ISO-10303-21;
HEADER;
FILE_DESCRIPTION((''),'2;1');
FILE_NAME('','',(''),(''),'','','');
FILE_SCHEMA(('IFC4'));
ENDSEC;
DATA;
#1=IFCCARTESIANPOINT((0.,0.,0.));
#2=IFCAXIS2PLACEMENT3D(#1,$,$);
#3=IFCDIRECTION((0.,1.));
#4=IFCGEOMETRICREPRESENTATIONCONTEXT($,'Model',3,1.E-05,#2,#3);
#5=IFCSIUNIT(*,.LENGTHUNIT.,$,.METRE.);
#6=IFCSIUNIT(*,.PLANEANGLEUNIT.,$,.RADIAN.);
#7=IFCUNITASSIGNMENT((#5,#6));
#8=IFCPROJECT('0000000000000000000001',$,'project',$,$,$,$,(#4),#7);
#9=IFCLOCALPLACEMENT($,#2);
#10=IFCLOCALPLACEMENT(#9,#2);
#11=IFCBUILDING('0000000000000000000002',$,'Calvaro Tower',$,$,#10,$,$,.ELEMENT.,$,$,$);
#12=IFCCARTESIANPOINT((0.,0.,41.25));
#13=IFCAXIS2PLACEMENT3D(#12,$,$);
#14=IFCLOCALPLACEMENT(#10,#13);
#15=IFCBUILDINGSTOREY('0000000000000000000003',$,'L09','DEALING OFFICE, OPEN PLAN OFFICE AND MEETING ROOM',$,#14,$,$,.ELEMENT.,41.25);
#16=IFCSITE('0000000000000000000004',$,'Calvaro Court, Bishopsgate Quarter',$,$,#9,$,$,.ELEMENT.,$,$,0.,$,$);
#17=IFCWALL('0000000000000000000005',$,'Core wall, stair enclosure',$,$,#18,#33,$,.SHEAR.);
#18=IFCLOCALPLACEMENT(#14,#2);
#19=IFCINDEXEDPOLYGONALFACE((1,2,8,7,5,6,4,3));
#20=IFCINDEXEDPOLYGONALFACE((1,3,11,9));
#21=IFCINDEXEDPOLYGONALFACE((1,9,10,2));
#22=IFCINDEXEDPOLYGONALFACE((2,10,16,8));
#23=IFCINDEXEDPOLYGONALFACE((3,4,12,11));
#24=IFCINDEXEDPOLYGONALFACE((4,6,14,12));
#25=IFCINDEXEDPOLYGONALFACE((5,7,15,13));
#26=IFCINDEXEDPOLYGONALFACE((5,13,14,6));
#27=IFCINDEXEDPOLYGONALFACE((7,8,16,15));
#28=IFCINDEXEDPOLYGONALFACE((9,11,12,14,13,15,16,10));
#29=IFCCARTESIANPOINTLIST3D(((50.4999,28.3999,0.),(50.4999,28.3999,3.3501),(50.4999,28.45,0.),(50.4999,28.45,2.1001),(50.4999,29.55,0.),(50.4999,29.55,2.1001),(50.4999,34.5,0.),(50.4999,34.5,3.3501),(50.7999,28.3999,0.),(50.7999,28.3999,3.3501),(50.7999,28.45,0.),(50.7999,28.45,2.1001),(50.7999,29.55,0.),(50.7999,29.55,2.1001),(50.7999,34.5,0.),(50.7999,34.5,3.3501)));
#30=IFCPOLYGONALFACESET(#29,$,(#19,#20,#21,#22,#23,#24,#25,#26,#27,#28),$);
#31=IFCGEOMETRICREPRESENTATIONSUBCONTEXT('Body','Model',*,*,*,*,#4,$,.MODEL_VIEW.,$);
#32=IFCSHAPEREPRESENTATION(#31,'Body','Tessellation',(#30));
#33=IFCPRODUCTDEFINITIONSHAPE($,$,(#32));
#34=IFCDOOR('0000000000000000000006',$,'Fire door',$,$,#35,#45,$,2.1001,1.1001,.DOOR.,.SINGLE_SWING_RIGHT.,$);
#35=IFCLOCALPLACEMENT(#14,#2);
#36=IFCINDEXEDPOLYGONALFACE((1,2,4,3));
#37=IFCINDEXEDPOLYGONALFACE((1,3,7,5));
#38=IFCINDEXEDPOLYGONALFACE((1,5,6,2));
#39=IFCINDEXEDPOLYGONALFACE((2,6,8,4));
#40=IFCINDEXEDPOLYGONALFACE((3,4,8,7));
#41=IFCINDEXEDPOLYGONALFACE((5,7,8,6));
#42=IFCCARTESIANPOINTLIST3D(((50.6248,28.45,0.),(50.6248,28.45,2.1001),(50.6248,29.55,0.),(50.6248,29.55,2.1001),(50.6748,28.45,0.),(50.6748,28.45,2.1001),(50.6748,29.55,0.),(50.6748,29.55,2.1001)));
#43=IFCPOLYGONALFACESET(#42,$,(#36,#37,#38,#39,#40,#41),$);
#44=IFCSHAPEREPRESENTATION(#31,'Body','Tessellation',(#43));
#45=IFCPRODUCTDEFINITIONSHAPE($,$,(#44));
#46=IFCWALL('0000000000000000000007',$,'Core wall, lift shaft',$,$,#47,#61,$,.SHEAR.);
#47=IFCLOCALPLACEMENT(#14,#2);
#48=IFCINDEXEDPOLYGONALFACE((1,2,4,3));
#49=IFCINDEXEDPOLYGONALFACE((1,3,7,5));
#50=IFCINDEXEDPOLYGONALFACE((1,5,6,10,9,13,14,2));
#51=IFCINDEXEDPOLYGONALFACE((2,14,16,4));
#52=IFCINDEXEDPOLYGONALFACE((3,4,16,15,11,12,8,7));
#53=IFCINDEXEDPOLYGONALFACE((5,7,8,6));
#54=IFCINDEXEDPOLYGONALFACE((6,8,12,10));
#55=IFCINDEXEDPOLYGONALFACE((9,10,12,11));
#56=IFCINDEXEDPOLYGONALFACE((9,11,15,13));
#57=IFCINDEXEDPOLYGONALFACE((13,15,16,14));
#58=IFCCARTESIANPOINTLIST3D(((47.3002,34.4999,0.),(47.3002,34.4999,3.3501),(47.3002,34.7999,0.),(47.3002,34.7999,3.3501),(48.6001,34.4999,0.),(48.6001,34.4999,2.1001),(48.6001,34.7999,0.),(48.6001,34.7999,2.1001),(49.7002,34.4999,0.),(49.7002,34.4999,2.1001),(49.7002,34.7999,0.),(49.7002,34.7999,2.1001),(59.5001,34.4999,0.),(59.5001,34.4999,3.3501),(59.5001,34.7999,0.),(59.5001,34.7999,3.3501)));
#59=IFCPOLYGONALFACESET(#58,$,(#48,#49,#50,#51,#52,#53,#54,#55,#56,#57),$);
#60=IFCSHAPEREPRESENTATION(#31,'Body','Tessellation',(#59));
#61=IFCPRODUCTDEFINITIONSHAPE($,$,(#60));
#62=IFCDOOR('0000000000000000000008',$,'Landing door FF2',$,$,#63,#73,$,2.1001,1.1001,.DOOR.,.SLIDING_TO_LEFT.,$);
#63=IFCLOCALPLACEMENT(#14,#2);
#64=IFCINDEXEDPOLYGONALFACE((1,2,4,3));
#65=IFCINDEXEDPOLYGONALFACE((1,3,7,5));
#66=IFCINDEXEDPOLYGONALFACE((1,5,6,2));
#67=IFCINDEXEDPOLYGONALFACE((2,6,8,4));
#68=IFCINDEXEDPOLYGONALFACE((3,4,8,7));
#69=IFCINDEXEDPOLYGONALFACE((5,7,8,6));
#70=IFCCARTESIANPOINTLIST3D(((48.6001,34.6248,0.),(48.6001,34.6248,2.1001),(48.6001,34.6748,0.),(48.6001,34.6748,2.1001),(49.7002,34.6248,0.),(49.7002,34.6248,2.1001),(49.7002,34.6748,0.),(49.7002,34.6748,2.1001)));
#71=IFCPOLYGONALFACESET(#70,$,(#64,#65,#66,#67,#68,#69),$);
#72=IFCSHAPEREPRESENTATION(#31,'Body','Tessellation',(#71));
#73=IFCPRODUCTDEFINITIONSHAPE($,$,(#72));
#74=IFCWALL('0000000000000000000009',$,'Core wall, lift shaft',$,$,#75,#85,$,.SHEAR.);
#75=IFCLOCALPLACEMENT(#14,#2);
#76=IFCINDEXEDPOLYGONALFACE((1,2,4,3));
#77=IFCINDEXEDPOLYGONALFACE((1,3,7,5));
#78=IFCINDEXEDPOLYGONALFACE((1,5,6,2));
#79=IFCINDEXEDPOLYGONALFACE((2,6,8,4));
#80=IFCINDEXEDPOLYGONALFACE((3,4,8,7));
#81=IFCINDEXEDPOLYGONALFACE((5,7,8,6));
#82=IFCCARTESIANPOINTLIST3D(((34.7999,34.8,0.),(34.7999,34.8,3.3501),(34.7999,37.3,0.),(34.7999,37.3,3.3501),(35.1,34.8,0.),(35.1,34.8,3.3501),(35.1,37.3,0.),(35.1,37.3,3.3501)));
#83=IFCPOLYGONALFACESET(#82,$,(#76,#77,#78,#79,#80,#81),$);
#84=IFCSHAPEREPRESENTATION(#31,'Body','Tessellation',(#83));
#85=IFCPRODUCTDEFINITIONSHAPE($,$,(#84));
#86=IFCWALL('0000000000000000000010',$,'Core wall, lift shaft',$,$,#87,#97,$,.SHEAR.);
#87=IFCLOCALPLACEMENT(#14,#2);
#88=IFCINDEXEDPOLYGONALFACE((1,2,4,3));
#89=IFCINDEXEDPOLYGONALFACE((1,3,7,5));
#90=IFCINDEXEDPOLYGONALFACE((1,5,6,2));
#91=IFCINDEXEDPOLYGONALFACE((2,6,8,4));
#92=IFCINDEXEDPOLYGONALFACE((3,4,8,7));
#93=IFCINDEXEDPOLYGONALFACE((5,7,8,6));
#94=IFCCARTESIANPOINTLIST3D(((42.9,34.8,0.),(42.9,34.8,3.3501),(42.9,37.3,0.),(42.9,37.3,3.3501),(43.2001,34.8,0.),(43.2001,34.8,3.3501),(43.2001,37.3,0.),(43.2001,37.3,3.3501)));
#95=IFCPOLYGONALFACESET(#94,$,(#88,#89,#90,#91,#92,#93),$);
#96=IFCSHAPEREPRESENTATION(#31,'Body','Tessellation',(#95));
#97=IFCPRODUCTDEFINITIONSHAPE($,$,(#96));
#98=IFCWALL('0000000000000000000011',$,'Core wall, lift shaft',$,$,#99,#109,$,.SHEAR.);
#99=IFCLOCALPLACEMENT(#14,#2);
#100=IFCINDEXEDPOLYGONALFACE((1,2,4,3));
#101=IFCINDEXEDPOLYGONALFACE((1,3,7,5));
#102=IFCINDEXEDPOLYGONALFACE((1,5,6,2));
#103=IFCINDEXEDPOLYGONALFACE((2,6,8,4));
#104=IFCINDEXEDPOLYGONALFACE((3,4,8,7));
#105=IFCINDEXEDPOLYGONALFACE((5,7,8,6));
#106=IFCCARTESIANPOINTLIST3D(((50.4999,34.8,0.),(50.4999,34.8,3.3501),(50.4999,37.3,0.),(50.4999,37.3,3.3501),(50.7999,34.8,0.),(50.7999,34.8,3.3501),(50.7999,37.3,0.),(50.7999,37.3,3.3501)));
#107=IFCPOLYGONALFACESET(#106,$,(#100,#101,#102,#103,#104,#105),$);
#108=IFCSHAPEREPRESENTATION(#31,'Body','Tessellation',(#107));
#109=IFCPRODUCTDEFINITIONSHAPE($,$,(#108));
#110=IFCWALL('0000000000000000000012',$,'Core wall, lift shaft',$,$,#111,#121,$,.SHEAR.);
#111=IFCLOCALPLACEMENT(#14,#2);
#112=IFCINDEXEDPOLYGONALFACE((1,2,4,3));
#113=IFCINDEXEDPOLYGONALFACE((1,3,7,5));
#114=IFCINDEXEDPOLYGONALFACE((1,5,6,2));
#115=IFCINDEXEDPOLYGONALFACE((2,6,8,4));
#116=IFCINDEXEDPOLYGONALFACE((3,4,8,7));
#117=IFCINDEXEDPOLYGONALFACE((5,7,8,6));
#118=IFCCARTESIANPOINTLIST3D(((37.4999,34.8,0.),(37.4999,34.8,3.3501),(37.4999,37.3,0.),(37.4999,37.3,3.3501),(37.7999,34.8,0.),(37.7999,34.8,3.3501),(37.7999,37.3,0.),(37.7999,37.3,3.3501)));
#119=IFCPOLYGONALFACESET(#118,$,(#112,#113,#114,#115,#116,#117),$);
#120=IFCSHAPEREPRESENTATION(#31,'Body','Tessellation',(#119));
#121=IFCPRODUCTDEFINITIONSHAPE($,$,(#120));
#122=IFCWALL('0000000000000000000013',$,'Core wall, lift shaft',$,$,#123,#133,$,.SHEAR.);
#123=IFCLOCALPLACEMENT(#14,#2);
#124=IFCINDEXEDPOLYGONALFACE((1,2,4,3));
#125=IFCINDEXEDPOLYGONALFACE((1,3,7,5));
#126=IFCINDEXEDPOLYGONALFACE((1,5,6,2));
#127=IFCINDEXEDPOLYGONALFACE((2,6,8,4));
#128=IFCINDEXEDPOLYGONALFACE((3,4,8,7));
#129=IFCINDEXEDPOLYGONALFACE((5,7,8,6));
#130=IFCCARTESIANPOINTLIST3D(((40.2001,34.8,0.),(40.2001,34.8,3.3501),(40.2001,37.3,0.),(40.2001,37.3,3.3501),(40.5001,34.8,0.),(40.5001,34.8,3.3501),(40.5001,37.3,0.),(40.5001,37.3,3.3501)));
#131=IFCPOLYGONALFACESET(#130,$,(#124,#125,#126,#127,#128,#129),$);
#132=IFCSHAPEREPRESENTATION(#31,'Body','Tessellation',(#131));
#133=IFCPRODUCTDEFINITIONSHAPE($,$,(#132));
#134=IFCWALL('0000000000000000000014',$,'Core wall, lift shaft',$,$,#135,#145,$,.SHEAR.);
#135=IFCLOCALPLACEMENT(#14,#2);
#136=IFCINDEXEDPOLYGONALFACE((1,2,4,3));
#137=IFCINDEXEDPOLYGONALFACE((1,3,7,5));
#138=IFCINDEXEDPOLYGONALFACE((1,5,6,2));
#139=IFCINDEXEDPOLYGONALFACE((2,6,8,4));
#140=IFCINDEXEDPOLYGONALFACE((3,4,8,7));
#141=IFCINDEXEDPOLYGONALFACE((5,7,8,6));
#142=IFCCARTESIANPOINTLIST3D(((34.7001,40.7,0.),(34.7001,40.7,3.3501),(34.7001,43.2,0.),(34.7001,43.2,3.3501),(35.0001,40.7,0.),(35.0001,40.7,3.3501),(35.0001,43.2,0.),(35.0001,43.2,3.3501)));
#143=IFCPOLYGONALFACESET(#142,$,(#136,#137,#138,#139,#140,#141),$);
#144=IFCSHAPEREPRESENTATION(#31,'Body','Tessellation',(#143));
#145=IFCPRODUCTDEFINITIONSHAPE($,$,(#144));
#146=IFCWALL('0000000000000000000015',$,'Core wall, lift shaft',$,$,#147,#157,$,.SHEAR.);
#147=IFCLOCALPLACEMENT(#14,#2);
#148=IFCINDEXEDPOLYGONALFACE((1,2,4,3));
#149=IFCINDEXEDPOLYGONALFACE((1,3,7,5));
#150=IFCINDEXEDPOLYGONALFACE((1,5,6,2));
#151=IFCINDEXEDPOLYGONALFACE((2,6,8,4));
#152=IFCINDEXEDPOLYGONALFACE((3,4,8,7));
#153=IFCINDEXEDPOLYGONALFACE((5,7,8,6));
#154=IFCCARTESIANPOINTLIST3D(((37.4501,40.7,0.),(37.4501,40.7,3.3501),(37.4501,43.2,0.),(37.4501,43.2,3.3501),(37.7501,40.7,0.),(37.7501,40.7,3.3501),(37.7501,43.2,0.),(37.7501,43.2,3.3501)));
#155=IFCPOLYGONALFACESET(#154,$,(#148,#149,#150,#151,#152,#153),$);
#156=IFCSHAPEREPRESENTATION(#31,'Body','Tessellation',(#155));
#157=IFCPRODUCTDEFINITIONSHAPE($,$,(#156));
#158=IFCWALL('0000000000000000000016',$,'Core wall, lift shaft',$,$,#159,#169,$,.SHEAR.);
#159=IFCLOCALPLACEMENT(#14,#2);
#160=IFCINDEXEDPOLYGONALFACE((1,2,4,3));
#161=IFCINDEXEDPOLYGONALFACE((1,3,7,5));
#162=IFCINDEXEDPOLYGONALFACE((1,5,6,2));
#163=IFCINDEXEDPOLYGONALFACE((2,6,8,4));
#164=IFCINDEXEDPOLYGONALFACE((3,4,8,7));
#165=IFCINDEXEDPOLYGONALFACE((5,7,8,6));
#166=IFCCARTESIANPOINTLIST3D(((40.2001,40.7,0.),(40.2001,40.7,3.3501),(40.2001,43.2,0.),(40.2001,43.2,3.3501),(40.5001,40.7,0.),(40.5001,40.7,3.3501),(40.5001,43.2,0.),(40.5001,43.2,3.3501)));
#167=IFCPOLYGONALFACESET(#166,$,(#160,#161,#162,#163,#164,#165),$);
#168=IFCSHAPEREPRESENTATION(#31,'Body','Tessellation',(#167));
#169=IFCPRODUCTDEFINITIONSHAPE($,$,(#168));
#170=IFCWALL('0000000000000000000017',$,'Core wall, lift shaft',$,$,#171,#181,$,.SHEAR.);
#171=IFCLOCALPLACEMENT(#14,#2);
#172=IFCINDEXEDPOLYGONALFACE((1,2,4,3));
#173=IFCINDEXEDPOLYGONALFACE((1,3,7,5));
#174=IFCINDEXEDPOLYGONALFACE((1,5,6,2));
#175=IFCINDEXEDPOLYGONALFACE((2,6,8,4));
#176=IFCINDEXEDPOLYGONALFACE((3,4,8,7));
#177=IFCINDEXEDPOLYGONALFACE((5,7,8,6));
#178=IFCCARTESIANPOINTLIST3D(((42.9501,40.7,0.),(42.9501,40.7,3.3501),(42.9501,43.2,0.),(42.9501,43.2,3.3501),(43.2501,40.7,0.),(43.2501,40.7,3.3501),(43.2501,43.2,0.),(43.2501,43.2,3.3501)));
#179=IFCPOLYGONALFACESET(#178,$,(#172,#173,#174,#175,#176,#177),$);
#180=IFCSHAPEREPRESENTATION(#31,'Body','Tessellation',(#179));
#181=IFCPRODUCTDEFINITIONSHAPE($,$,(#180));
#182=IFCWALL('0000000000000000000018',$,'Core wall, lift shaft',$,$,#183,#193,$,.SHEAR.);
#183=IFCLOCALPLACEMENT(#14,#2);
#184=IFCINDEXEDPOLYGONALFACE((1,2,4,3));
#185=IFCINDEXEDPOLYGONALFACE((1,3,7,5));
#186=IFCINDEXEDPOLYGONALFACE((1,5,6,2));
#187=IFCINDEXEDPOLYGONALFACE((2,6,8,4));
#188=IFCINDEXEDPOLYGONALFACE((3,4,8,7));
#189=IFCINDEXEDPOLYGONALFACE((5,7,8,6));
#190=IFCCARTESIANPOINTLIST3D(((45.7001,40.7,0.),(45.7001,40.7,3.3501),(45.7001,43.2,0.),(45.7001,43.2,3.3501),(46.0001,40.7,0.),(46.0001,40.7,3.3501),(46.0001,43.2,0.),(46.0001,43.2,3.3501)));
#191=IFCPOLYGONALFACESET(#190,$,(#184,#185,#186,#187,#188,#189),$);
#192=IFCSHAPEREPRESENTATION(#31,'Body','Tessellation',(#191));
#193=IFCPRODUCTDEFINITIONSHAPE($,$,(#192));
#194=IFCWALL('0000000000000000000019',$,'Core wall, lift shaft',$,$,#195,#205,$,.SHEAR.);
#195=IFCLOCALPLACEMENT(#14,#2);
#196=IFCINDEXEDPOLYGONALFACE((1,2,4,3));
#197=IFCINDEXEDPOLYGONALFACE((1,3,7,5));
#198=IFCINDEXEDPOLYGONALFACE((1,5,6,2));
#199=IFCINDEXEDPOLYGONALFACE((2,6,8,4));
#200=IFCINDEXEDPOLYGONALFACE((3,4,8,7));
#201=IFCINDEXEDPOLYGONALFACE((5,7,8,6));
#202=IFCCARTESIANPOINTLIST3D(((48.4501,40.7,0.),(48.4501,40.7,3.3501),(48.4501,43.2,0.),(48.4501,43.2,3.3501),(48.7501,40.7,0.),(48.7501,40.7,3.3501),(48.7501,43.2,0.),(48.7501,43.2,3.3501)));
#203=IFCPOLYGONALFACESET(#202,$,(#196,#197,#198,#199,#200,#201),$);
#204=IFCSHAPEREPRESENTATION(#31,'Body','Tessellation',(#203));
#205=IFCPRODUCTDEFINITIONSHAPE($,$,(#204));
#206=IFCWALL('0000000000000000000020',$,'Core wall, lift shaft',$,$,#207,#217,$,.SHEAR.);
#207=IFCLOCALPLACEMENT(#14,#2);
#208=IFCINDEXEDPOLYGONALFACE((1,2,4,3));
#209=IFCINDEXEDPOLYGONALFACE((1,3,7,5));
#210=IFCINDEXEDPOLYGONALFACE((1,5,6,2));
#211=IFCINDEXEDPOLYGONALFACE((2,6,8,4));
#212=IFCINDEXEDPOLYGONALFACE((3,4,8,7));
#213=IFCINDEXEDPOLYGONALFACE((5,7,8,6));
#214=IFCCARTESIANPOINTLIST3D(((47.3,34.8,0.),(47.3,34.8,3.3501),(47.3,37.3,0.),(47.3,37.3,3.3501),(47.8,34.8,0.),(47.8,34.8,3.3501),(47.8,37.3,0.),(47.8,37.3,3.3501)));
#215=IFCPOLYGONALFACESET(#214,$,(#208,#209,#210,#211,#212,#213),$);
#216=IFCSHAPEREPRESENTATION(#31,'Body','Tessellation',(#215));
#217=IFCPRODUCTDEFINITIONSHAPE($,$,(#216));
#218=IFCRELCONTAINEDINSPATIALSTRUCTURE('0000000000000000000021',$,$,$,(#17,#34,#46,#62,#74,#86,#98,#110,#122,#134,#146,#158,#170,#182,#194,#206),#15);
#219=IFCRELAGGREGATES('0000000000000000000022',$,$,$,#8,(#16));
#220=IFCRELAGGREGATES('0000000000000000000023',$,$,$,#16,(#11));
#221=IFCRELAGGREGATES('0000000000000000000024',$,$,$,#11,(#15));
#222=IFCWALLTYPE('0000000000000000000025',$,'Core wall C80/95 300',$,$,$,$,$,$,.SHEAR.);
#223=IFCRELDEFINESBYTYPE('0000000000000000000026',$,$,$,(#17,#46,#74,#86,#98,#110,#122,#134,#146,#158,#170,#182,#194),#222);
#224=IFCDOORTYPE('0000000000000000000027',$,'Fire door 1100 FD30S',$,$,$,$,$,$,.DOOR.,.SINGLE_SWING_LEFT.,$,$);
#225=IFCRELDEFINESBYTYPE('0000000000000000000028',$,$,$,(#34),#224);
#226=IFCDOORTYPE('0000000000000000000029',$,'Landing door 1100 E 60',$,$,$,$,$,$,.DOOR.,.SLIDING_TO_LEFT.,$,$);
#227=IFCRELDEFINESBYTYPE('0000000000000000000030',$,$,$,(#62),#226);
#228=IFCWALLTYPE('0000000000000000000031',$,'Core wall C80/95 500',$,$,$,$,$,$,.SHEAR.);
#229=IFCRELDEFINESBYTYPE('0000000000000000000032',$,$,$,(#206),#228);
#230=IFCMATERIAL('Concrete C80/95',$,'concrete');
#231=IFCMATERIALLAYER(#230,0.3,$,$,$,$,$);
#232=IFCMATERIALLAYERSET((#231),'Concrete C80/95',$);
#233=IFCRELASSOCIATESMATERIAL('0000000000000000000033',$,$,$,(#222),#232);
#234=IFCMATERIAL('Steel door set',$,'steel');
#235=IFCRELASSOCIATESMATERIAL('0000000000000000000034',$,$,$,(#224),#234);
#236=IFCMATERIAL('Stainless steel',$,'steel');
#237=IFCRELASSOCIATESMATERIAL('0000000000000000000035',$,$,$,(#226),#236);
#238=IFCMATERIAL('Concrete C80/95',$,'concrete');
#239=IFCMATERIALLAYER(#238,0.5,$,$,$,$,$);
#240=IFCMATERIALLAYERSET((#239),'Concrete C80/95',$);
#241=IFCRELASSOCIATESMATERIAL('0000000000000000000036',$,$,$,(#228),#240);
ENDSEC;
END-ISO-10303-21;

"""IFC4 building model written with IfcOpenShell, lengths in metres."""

from ifc_helpers import new_model, si_unit, direction, frame, frame_2d, origin, place, context, subcontext, project, spatial, rectangle, extrude, material, layer, layer_set, type_object, element, fill, save


model = new_model("IFC4")

# Units and contexts
model_context = context("Model", 3, precision=1e-05, world=origin(), true_north=direction((0.0, 1.0)))
body_context = subcontext(model_context, "Body", "Model", "MODEL_VIEW")
ifc_project = project(units=[si_unit("LENGTHUNIT", "METRE"), si_unit("PLANEANGLEUNIT", "RADIAN")], contexts=[model_context])

# Site, building, storey
site_placement = place(None, origin())
site = spatial("IfcSite", under=ifc_project, at=site_placement, Name="Calvaro Court, Bishopsgate Quarter", CompositionType="ELEMENT", RefElevation=0.0)
building_placement = place(site_placement, origin())
building = spatial("IfcBuilding", under=site, at=building_placement, Name="Calvaro Tower", CompositionType="ELEMENT")
storey_placement = place(building_placement, frame((0.0, 0.0, 41.25)))
storey = spatial("IfcBuildingStorey", under=building, at=storey_placement, Name="L09", Description="DEALING OFFICE, OPEN PLAN OFFICE AND MEETING ROOM", CompositionType="ELEMENT", Elevation=41.25)

# Walls, openings, doors
ifc_material_1 = material(Name="Concrete C80/95", Category="concrete")
ifc_layer_1 = layer(ifc_material_1, 0.3)
ifc_layer_set_1 = layer_set([ifc_layer_1], Name="Concrete C80/95")
wall_type_1 = type_object("IfcWallType", Name="Core wall C80/95 300", PredefinedType="SHEAR", material=ifc_layer_set_1)
wall_1_placement = place(storey_placement, frame((50.6499, 34.5, 0.0), z_axis=(0.0, 0.0, 1.0), x_axis=(0.0, -1.0, 0.0)))
wall_1 = element("IfcWall", 1, at=wall_1_placement, inside=storey, type_object=wall_type_1, Name="Core wall, stair enclosure", PredefinedType="SHEAR", context=body_context, shape_type="SweptSolid", body=[
    extrude(rectangle(XDim=6.1001, YDim=0.3, at=frame_2d((3.05, 0.0))), origin(), (0.0, 0.0, 1.0), 3.3501),
])
opening_1_placement = place(wall_1_placement, frame((4.95, 0.0, 0.0)))
opening_1 = element("IfcOpeningElement", 2, at=opening_1_placement, cuts=wall_1, PredefinedType="OPENING", context=body_context, shape_type="SweptSolid", body=[
    extrude(rectangle(XDim=1.1001, YDim=2.1001, at=frame_2d((0.55, 1.05))), frame((0.0, 0.1599, 0.0), z_axis=(0.0, -1.0, 0.0), x_axis=(1.0, 0.0, 0.0)), (0.0, 0.0, 1.0), 0.3201),
])
ifc_material_2 = material(Name="Steel door set", Category="steel")
door_type_1 = type_object("IfcDoorType", Name="Fire door 1100 FD30S", OperationType="SINGLE_SWING_LEFT", PredefinedType="DOOR", material=ifc_material_2)
door_1_placement = place(opening_1_placement, origin())
door_1 = element("IfcDoor", 3, at=door_1_placement, inside=storey, type_object=door_type_1, Name="Fire door", OperationType="SINGLE_SWING_RIGHT", OverallHeight=2.1001, OverallWidth=1.1001, PredefinedType="DOOR", context=body_context, shape_type="SweptSolid", body=[
    extrude(rectangle(XDim=1.1001, YDim=2.1001, at=frame_2d((0.55, 1.05))), frame((0.0, 0.0249, 0.0), z_axis=(0.0, -1.0, 0.0), x_axis=(1.0, 0.0, 0.0)), (0.0, 0.0, 1.0), 0.05),
])
fill(opening_1, door_1)
wall_2_placement = place(storey_placement, frame((47.3, 34.6499, 0.0), z_axis=(0.0, 0.0, 1.0), x_axis=(1.0, 0.0, 0.0)))
wall_2 = element("IfcWall", 4, at=wall_2_placement, inside=storey, type_object=wall_type_1, Name="Core wall, lift shaft", PredefinedType="SHEAR", context=body_context, shape_type="SweptSolid", body=[
    extrude(rectangle(XDim=12.2, YDim=0.3, at=frame_2d((6.1001, 0.0))), origin(), (0.0, 0.0, 1.0), 3.3501),
])
opening_2_placement = place(wall_2_placement, frame((1.3, 0.0, 0.0)))
opening_2 = element("IfcOpeningElement", 5, at=opening_2_placement, cuts=wall_2, PredefinedType="OPENING", context=body_context, shape_type="SweptSolid", body=[
    extrude(rectangle(XDim=1.1001, YDim=2.1001, at=frame_2d((0.55, 1.05))), frame((0.0, 0.1599, 0.0), z_axis=(0.0, -1.0, 0.0), x_axis=(1.0, 0.0, 0.0)), (0.0, 0.0, 1.0), 0.3201),
])
ifc_material_3 = material(Name="Stainless steel", Category="steel")
door_type_2 = type_object("IfcDoorType", Name="Landing door 1100 E 60", OperationType="SLIDING_TO_LEFT", PredefinedType="DOOR", material=ifc_material_3)
door_2_placement = place(opening_2_placement, origin())
door_2 = element("IfcDoor", 6, at=door_2_placement, inside=storey, type_object=door_type_2, Name="Landing door FF2", OperationType="SLIDING_TO_LEFT", OverallHeight=2.1001, OverallWidth=1.1001, PredefinedType="DOOR", context=body_context, shape_type="SweptSolid", body=[
    extrude(rectangle(XDim=1.1001, YDim=2.1001, at=frame_2d((0.55, 1.05))), frame((0.0, 0.0249, 0.0), z_axis=(0.0, -1.0, 0.0), x_axis=(1.0, 0.0, 0.0)), (0.0, 0.0, 1.0), 0.05),
])
fill(opening_2, door_2)

# Walls
for number, where, z_axis, x_axis, name in (
    (7, (34.95, 34.8, 0.0), (0.0, 0.0, 1.0), (0.0, 1.0, 0.0), "Core wall, lift shaft"),
    (8, (43.05, 34.8, 0.0), (0.0, 0.0, 1.0), (0.0, 1.0, 0.0), "Core wall, lift shaft"),
    (9, (50.6499, 34.8, 0.0), (0.0, 0.0, 1.0), (0.0, 1.0, 0.0), "Core wall, lift shaft"),
    (10, (37.6499, 34.8, 0.0), (0.0, 0.0, 1.0), (0.0, 1.0, 0.0), "Core wall, lift shaft"),
    (11, (40.3501, 34.8, 0.0), (0.0, 0.0, 1.0), (0.0, 1.0, 0.0), "Core wall, lift shaft"),
    (12, (34.8501, 40.7, 0.0), (0.0, 0.0, 1.0), (0.0, 1.0, 0.0), "Core wall, lift shaft"),
    (13, (37.6001, 40.7, 0.0), (0.0, 0.0, 1.0), (0.0, 1.0, 0.0), "Core wall, lift shaft"),
    (14, (40.3501, 40.7, 0.0), (0.0, 0.0, 1.0), (0.0, 1.0, 0.0), "Core wall, lift shaft"),
    (15, (43.1001, 40.7, 0.0), (0.0, 0.0, 1.0), (0.0, 1.0, 0.0), "Core wall, lift shaft"),
    (16, (45.8501, 40.7, 0.0), (0.0, 0.0, 1.0), (0.0, 1.0, 0.0), "Core wall, lift shaft"),
    (17, (48.6001, 40.7, 0.0), (0.0, 0.0, 1.0), (0.0, 1.0, 0.0), "Core wall, lift shaft"),
):
    element("IfcWall", number, at=place(storey_placement, frame(where, z_axis=z_axis, x_axis=x_axis)), inside=storey, type_object=wall_type_1, Name=name, PredefinedType="SHEAR", context=body_context, shape_type="SweptSolid", body=[
        extrude(rectangle(XDim=2.5, YDim=0.3, at=frame_2d((1.25, 0.0))), origin(), (0.0, 0.0, 1.0), 3.3501),
    ])
ifc_material_4 = material(Name="Concrete C80/95", Category="concrete")
ifc_layer_2 = layer(ifc_material_4, 0.5)
ifc_layer_set_2 = layer_set([ifc_layer_2], Name="Concrete C80/95")
wall_type_2 = type_object("IfcWallType", Name="Core wall C80/95 500", PredefinedType="SHEAR", material=ifc_layer_set_2)
wall_3_placement = place(storey_placement, frame((47.55, 34.8, 0.0), z_axis=(0.0, 0.0, 1.0), x_axis=(0.0, 1.0, 0.0)))
element("IfcWall", 18, at=wall_3_placement, inside=storey, type_object=wall_type_2, Name="Core wall, lift shaft", PredefinedType="SHEAR", context=body_context, shape_type="SweptSolid", body=[
    extrude(rectangle(XDim=2.5, YDim=0.5, at=frame_2d((1.25, 0.0))), origin(), (0.0, 0.0, 1.0), 3.3501),
])

save(model, "model.ifc")
